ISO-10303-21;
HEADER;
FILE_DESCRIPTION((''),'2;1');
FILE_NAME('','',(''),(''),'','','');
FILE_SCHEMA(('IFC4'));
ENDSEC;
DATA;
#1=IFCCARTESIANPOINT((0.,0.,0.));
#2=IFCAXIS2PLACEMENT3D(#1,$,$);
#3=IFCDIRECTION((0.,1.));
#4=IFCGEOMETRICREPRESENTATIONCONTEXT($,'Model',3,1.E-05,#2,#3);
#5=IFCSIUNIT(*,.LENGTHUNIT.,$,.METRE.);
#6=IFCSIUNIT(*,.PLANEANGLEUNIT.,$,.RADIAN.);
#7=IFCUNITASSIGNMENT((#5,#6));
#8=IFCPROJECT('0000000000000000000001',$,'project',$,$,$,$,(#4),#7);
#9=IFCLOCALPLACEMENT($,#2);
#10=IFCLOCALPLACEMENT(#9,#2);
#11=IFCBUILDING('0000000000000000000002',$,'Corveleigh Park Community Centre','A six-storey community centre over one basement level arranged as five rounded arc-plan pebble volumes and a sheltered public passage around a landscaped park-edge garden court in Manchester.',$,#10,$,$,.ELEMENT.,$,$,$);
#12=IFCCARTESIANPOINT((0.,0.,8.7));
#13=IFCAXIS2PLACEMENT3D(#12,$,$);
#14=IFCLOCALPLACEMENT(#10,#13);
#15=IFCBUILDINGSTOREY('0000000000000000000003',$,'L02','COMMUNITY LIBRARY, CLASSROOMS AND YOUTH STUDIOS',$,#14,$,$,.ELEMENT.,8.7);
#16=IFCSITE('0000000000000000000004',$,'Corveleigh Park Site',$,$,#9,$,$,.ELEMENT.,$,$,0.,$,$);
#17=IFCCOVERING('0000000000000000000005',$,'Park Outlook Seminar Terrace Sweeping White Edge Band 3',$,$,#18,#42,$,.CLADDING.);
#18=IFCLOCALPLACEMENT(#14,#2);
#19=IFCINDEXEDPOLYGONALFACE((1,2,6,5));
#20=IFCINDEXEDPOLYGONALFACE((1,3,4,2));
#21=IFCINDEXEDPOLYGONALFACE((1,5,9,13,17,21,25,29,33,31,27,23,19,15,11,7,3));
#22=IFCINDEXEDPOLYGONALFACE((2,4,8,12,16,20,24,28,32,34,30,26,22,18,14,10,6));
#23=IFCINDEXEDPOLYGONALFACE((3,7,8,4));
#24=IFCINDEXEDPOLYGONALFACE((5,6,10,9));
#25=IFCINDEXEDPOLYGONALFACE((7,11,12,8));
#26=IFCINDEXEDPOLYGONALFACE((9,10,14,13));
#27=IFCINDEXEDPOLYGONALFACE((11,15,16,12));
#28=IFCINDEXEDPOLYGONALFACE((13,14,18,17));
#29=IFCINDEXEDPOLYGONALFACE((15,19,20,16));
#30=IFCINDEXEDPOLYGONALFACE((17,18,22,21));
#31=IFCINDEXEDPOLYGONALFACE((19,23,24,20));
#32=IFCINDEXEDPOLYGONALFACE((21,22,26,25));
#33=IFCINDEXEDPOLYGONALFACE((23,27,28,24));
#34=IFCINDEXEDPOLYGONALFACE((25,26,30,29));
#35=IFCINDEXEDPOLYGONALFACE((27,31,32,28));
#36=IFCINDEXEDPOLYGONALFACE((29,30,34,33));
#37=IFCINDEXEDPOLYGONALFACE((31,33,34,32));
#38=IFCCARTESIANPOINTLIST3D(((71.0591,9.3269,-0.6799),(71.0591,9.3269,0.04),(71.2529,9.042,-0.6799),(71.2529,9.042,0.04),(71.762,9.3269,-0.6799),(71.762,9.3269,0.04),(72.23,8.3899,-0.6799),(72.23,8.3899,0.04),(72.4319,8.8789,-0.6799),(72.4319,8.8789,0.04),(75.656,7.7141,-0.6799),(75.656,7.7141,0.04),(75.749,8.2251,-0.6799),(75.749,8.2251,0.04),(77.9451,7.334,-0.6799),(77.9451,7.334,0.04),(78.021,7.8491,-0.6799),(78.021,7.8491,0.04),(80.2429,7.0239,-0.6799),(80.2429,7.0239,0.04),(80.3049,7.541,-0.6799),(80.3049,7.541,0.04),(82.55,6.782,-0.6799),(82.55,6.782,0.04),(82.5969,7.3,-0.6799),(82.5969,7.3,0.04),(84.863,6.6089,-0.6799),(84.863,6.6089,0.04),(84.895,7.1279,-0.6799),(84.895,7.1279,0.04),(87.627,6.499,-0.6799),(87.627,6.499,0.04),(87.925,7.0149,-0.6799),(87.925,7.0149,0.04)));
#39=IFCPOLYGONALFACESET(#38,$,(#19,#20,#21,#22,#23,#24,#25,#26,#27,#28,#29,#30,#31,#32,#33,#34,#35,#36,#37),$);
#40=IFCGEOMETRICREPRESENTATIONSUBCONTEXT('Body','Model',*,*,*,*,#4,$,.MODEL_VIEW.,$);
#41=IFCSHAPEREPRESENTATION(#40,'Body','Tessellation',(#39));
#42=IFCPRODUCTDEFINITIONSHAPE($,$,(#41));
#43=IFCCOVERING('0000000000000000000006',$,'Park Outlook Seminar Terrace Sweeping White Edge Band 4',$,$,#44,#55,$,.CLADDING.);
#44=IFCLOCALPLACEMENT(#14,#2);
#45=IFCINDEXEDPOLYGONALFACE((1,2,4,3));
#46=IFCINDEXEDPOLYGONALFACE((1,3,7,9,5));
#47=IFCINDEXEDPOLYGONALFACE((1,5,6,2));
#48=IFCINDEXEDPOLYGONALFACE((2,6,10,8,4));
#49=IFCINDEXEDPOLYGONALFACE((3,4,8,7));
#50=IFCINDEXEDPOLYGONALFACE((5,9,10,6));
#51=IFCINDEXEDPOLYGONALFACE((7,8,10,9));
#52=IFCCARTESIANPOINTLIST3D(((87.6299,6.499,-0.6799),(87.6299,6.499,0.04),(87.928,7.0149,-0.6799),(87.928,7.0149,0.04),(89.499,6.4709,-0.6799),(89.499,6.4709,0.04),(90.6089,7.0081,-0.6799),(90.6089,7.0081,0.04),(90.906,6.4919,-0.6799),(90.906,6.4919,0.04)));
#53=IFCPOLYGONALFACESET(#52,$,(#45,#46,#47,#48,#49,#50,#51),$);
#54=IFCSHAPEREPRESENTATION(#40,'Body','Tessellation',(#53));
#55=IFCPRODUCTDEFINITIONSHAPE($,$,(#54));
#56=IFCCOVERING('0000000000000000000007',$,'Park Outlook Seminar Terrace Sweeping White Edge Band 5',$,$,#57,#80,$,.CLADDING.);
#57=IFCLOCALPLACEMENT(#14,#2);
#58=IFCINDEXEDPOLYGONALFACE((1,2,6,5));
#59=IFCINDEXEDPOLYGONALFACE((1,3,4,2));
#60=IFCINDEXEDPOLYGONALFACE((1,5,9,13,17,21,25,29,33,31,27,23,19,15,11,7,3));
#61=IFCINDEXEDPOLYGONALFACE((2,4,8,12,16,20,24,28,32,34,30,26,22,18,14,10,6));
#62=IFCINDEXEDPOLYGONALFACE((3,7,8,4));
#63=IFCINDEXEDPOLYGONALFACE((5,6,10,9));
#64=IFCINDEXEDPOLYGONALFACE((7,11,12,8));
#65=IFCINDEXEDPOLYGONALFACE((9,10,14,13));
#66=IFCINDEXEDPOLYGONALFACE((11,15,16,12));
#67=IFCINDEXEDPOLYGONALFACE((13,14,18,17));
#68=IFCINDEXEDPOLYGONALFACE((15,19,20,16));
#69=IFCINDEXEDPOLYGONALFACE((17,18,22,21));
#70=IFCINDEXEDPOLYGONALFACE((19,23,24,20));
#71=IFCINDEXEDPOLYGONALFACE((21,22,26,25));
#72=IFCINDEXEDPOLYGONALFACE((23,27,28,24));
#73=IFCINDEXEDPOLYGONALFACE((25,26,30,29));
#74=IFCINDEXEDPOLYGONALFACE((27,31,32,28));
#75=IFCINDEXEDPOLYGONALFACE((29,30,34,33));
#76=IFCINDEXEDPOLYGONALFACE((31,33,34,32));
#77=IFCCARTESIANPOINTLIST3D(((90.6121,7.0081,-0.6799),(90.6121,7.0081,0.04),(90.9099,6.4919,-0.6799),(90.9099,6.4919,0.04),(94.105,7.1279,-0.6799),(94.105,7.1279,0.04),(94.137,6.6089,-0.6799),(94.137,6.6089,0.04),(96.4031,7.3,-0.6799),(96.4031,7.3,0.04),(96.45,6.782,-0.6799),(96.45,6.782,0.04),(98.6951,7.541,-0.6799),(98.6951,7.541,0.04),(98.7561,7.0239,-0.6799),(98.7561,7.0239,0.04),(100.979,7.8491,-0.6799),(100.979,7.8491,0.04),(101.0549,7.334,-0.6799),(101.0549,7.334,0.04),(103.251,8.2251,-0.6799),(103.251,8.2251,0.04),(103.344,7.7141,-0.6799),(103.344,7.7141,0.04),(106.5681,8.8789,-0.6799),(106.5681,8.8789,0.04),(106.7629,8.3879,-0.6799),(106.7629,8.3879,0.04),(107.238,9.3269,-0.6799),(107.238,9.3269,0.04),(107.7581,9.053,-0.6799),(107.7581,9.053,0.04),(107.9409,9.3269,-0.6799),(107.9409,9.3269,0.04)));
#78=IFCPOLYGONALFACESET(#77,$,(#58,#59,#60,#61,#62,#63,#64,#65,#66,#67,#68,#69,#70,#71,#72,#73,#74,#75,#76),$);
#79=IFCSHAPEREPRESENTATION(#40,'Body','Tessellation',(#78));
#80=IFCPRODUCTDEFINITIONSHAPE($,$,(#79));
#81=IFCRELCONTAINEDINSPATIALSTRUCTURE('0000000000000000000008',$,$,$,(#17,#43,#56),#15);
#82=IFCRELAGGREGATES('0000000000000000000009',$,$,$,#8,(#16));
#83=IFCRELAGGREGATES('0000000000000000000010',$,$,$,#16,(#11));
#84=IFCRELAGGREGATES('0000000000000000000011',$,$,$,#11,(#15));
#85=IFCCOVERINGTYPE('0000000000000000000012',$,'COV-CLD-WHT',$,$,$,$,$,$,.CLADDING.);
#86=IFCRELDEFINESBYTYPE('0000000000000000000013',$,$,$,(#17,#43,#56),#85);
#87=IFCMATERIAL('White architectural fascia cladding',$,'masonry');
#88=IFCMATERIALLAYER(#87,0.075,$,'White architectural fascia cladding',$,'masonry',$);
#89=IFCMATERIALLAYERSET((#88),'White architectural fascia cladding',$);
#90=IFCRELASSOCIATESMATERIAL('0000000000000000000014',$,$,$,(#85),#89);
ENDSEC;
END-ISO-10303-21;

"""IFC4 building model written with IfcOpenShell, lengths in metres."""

from ifc_helpers import new_model, si_unit, direction, frame, origin, place, context, subcontext, project, spatial, polyline, outline, extrude, material, layer, layer_set, type_object, element, save


model = new_model("IFC4")

# Units and contexts
model_context = context("Model", 3, precision=1e-05, world=origin(), true_north=direction((0.0, 1.0)))
body_context = subcontext(model_context, "Body", "Model", "MODEL_VIEW")
ifc_project = project(units=[si_unit("LENGTHUNIT", "METRE"), si_unit("PLANEANGLEUNIT", "RADIAN")], contexts=[model_context])

# Site, building, storey
site_placement = place(None, origin())
site = spatial("IfcSite", under=ifc_project, at=site_placement, Name="Corveleigh Park Site", CompositionType="ELEMENT", RefElevation=0.0)
building_placement = place(site_placement, origin())
building = spatial("IfcBuilding", under=site, at=building_placement, Name="Corveleigh Park Community Centre", Description="A six-storey community centre over one basement level arranged as five rounded arc-plan pebble volumes and a sheltered public passage around a landscaped park-edge garden court in Manchester.", CompositionType="ELEMENT")
storey_placement = place(building_placement, frame((0.0, 0.0, 8.7)))
storey = spatial("IfcBuildingStorey", under=building, at=storey_placement, Name="L02", Description="COMMUNITY LIBRARY, CLASSROOMS AND YOUTH STUDIOS", CompositionType="ELEMENT", Elevation=8.7)

# Coverings
ifc_material = material(Name="White architectural fascia cladding", Category="masonry")
ifc_layer = layer(ifc_material, 0.075, Name="White architectural fascia cladding", Category="masonry")
ifc_layer_set = layer_set([ifc_layer], Name="White architectural fascia cladding")
covering_type = type_object("IfcCoveringType", Name="COV-CLD-WHT", PredefinedType="CLADDING", material=ifc_layer_set)
covering_1_placement = place(storey_placement, frame((0.0, 0.0, -0.6799)))
element("IfcCovering", 1, at=covering_1_placement, inside=storey, type_object=covering_type, Name="Park Outlook Seminar Terrace Sweeping White Edge Band 3", PredefinedType="CLADDING", context=body_context, shape_type="SweptSolid", body=[
    extrude(outline(polyline([(87.627, 6.499), (84.863, 6.6089), (82.55, 6.782), (80.2429, 7.0239), (77.9451, 7.334), (75.656, 7.7141), (72.23, 8.3899), (71.2529, 9.042), (71.0591, 9.3269), (71.762, 9.3269), (72.4319, 8.8789), (75.749, 8.2251), (78.021, 7.8491), (80.3049, 7.541), (82.5969, 7.3), (84.895, 7.1279), (87.925, 7.0149), (87.627, 6.499)])), origin(), (0.0, 0.0, 1.0), 0.72),
])
covering_2_placement = place(storey_placement, frame((0.0, 0.0, -0.6799)))
element("IfcCovering", 2, at=covering_2_placement, inside=storey, type_object=covering_type, Name="Park Outlook Seminar Terrace Sweeping White Edge Band 4", PredefinedType="CLADDING", context=body_context, shape_type="SweptSolid", body=[
    extrude(outline(polyline([(90.906, 6.4919), (89.499, 6.4709), (87.6299, 6.499), (87.928, 7.0149), (90.6089, 7.0081), (90.906, 6.4919)])), origin(), (0.0, 0.0, 1.0), 0.72),
])
covering_3_placement = place(storey_placement, frame((0.0, 0.0, -0.6799)))
element("IfcCovering", 3, at=covering_3_placement, inside=storey, type_object=covering_type, Name="Park Outlook Seminar Terrace Sweeping White Edge Band 5", PredefinedType="CLADDING", context=body_context, shape_type="SweptSolid", body=[
    extrude(outline(polyline([(107.7581, 9.053), (106.7629, 8.3879), (103.344, 7.7141), (101.0549, 7.334), (98.7561, 7.0239), (96.45, 6.782), (94.137, 6.6089), (90.9099, 6.4919), (90.6121, 7.0081), (94.105, 7.1279), (96.4031, 7.3), (98.6951, 7.541), (100.979, 7.8491), (103.251, 8.2251), (106.5681, 8.8789), (107.238, 9.3269), (107.9409, 9.3269), (107.7581, 9.053)])), origin(), (0.0, 0.0, 1.0), 0.72),
])

save(model, "model.ifc")
